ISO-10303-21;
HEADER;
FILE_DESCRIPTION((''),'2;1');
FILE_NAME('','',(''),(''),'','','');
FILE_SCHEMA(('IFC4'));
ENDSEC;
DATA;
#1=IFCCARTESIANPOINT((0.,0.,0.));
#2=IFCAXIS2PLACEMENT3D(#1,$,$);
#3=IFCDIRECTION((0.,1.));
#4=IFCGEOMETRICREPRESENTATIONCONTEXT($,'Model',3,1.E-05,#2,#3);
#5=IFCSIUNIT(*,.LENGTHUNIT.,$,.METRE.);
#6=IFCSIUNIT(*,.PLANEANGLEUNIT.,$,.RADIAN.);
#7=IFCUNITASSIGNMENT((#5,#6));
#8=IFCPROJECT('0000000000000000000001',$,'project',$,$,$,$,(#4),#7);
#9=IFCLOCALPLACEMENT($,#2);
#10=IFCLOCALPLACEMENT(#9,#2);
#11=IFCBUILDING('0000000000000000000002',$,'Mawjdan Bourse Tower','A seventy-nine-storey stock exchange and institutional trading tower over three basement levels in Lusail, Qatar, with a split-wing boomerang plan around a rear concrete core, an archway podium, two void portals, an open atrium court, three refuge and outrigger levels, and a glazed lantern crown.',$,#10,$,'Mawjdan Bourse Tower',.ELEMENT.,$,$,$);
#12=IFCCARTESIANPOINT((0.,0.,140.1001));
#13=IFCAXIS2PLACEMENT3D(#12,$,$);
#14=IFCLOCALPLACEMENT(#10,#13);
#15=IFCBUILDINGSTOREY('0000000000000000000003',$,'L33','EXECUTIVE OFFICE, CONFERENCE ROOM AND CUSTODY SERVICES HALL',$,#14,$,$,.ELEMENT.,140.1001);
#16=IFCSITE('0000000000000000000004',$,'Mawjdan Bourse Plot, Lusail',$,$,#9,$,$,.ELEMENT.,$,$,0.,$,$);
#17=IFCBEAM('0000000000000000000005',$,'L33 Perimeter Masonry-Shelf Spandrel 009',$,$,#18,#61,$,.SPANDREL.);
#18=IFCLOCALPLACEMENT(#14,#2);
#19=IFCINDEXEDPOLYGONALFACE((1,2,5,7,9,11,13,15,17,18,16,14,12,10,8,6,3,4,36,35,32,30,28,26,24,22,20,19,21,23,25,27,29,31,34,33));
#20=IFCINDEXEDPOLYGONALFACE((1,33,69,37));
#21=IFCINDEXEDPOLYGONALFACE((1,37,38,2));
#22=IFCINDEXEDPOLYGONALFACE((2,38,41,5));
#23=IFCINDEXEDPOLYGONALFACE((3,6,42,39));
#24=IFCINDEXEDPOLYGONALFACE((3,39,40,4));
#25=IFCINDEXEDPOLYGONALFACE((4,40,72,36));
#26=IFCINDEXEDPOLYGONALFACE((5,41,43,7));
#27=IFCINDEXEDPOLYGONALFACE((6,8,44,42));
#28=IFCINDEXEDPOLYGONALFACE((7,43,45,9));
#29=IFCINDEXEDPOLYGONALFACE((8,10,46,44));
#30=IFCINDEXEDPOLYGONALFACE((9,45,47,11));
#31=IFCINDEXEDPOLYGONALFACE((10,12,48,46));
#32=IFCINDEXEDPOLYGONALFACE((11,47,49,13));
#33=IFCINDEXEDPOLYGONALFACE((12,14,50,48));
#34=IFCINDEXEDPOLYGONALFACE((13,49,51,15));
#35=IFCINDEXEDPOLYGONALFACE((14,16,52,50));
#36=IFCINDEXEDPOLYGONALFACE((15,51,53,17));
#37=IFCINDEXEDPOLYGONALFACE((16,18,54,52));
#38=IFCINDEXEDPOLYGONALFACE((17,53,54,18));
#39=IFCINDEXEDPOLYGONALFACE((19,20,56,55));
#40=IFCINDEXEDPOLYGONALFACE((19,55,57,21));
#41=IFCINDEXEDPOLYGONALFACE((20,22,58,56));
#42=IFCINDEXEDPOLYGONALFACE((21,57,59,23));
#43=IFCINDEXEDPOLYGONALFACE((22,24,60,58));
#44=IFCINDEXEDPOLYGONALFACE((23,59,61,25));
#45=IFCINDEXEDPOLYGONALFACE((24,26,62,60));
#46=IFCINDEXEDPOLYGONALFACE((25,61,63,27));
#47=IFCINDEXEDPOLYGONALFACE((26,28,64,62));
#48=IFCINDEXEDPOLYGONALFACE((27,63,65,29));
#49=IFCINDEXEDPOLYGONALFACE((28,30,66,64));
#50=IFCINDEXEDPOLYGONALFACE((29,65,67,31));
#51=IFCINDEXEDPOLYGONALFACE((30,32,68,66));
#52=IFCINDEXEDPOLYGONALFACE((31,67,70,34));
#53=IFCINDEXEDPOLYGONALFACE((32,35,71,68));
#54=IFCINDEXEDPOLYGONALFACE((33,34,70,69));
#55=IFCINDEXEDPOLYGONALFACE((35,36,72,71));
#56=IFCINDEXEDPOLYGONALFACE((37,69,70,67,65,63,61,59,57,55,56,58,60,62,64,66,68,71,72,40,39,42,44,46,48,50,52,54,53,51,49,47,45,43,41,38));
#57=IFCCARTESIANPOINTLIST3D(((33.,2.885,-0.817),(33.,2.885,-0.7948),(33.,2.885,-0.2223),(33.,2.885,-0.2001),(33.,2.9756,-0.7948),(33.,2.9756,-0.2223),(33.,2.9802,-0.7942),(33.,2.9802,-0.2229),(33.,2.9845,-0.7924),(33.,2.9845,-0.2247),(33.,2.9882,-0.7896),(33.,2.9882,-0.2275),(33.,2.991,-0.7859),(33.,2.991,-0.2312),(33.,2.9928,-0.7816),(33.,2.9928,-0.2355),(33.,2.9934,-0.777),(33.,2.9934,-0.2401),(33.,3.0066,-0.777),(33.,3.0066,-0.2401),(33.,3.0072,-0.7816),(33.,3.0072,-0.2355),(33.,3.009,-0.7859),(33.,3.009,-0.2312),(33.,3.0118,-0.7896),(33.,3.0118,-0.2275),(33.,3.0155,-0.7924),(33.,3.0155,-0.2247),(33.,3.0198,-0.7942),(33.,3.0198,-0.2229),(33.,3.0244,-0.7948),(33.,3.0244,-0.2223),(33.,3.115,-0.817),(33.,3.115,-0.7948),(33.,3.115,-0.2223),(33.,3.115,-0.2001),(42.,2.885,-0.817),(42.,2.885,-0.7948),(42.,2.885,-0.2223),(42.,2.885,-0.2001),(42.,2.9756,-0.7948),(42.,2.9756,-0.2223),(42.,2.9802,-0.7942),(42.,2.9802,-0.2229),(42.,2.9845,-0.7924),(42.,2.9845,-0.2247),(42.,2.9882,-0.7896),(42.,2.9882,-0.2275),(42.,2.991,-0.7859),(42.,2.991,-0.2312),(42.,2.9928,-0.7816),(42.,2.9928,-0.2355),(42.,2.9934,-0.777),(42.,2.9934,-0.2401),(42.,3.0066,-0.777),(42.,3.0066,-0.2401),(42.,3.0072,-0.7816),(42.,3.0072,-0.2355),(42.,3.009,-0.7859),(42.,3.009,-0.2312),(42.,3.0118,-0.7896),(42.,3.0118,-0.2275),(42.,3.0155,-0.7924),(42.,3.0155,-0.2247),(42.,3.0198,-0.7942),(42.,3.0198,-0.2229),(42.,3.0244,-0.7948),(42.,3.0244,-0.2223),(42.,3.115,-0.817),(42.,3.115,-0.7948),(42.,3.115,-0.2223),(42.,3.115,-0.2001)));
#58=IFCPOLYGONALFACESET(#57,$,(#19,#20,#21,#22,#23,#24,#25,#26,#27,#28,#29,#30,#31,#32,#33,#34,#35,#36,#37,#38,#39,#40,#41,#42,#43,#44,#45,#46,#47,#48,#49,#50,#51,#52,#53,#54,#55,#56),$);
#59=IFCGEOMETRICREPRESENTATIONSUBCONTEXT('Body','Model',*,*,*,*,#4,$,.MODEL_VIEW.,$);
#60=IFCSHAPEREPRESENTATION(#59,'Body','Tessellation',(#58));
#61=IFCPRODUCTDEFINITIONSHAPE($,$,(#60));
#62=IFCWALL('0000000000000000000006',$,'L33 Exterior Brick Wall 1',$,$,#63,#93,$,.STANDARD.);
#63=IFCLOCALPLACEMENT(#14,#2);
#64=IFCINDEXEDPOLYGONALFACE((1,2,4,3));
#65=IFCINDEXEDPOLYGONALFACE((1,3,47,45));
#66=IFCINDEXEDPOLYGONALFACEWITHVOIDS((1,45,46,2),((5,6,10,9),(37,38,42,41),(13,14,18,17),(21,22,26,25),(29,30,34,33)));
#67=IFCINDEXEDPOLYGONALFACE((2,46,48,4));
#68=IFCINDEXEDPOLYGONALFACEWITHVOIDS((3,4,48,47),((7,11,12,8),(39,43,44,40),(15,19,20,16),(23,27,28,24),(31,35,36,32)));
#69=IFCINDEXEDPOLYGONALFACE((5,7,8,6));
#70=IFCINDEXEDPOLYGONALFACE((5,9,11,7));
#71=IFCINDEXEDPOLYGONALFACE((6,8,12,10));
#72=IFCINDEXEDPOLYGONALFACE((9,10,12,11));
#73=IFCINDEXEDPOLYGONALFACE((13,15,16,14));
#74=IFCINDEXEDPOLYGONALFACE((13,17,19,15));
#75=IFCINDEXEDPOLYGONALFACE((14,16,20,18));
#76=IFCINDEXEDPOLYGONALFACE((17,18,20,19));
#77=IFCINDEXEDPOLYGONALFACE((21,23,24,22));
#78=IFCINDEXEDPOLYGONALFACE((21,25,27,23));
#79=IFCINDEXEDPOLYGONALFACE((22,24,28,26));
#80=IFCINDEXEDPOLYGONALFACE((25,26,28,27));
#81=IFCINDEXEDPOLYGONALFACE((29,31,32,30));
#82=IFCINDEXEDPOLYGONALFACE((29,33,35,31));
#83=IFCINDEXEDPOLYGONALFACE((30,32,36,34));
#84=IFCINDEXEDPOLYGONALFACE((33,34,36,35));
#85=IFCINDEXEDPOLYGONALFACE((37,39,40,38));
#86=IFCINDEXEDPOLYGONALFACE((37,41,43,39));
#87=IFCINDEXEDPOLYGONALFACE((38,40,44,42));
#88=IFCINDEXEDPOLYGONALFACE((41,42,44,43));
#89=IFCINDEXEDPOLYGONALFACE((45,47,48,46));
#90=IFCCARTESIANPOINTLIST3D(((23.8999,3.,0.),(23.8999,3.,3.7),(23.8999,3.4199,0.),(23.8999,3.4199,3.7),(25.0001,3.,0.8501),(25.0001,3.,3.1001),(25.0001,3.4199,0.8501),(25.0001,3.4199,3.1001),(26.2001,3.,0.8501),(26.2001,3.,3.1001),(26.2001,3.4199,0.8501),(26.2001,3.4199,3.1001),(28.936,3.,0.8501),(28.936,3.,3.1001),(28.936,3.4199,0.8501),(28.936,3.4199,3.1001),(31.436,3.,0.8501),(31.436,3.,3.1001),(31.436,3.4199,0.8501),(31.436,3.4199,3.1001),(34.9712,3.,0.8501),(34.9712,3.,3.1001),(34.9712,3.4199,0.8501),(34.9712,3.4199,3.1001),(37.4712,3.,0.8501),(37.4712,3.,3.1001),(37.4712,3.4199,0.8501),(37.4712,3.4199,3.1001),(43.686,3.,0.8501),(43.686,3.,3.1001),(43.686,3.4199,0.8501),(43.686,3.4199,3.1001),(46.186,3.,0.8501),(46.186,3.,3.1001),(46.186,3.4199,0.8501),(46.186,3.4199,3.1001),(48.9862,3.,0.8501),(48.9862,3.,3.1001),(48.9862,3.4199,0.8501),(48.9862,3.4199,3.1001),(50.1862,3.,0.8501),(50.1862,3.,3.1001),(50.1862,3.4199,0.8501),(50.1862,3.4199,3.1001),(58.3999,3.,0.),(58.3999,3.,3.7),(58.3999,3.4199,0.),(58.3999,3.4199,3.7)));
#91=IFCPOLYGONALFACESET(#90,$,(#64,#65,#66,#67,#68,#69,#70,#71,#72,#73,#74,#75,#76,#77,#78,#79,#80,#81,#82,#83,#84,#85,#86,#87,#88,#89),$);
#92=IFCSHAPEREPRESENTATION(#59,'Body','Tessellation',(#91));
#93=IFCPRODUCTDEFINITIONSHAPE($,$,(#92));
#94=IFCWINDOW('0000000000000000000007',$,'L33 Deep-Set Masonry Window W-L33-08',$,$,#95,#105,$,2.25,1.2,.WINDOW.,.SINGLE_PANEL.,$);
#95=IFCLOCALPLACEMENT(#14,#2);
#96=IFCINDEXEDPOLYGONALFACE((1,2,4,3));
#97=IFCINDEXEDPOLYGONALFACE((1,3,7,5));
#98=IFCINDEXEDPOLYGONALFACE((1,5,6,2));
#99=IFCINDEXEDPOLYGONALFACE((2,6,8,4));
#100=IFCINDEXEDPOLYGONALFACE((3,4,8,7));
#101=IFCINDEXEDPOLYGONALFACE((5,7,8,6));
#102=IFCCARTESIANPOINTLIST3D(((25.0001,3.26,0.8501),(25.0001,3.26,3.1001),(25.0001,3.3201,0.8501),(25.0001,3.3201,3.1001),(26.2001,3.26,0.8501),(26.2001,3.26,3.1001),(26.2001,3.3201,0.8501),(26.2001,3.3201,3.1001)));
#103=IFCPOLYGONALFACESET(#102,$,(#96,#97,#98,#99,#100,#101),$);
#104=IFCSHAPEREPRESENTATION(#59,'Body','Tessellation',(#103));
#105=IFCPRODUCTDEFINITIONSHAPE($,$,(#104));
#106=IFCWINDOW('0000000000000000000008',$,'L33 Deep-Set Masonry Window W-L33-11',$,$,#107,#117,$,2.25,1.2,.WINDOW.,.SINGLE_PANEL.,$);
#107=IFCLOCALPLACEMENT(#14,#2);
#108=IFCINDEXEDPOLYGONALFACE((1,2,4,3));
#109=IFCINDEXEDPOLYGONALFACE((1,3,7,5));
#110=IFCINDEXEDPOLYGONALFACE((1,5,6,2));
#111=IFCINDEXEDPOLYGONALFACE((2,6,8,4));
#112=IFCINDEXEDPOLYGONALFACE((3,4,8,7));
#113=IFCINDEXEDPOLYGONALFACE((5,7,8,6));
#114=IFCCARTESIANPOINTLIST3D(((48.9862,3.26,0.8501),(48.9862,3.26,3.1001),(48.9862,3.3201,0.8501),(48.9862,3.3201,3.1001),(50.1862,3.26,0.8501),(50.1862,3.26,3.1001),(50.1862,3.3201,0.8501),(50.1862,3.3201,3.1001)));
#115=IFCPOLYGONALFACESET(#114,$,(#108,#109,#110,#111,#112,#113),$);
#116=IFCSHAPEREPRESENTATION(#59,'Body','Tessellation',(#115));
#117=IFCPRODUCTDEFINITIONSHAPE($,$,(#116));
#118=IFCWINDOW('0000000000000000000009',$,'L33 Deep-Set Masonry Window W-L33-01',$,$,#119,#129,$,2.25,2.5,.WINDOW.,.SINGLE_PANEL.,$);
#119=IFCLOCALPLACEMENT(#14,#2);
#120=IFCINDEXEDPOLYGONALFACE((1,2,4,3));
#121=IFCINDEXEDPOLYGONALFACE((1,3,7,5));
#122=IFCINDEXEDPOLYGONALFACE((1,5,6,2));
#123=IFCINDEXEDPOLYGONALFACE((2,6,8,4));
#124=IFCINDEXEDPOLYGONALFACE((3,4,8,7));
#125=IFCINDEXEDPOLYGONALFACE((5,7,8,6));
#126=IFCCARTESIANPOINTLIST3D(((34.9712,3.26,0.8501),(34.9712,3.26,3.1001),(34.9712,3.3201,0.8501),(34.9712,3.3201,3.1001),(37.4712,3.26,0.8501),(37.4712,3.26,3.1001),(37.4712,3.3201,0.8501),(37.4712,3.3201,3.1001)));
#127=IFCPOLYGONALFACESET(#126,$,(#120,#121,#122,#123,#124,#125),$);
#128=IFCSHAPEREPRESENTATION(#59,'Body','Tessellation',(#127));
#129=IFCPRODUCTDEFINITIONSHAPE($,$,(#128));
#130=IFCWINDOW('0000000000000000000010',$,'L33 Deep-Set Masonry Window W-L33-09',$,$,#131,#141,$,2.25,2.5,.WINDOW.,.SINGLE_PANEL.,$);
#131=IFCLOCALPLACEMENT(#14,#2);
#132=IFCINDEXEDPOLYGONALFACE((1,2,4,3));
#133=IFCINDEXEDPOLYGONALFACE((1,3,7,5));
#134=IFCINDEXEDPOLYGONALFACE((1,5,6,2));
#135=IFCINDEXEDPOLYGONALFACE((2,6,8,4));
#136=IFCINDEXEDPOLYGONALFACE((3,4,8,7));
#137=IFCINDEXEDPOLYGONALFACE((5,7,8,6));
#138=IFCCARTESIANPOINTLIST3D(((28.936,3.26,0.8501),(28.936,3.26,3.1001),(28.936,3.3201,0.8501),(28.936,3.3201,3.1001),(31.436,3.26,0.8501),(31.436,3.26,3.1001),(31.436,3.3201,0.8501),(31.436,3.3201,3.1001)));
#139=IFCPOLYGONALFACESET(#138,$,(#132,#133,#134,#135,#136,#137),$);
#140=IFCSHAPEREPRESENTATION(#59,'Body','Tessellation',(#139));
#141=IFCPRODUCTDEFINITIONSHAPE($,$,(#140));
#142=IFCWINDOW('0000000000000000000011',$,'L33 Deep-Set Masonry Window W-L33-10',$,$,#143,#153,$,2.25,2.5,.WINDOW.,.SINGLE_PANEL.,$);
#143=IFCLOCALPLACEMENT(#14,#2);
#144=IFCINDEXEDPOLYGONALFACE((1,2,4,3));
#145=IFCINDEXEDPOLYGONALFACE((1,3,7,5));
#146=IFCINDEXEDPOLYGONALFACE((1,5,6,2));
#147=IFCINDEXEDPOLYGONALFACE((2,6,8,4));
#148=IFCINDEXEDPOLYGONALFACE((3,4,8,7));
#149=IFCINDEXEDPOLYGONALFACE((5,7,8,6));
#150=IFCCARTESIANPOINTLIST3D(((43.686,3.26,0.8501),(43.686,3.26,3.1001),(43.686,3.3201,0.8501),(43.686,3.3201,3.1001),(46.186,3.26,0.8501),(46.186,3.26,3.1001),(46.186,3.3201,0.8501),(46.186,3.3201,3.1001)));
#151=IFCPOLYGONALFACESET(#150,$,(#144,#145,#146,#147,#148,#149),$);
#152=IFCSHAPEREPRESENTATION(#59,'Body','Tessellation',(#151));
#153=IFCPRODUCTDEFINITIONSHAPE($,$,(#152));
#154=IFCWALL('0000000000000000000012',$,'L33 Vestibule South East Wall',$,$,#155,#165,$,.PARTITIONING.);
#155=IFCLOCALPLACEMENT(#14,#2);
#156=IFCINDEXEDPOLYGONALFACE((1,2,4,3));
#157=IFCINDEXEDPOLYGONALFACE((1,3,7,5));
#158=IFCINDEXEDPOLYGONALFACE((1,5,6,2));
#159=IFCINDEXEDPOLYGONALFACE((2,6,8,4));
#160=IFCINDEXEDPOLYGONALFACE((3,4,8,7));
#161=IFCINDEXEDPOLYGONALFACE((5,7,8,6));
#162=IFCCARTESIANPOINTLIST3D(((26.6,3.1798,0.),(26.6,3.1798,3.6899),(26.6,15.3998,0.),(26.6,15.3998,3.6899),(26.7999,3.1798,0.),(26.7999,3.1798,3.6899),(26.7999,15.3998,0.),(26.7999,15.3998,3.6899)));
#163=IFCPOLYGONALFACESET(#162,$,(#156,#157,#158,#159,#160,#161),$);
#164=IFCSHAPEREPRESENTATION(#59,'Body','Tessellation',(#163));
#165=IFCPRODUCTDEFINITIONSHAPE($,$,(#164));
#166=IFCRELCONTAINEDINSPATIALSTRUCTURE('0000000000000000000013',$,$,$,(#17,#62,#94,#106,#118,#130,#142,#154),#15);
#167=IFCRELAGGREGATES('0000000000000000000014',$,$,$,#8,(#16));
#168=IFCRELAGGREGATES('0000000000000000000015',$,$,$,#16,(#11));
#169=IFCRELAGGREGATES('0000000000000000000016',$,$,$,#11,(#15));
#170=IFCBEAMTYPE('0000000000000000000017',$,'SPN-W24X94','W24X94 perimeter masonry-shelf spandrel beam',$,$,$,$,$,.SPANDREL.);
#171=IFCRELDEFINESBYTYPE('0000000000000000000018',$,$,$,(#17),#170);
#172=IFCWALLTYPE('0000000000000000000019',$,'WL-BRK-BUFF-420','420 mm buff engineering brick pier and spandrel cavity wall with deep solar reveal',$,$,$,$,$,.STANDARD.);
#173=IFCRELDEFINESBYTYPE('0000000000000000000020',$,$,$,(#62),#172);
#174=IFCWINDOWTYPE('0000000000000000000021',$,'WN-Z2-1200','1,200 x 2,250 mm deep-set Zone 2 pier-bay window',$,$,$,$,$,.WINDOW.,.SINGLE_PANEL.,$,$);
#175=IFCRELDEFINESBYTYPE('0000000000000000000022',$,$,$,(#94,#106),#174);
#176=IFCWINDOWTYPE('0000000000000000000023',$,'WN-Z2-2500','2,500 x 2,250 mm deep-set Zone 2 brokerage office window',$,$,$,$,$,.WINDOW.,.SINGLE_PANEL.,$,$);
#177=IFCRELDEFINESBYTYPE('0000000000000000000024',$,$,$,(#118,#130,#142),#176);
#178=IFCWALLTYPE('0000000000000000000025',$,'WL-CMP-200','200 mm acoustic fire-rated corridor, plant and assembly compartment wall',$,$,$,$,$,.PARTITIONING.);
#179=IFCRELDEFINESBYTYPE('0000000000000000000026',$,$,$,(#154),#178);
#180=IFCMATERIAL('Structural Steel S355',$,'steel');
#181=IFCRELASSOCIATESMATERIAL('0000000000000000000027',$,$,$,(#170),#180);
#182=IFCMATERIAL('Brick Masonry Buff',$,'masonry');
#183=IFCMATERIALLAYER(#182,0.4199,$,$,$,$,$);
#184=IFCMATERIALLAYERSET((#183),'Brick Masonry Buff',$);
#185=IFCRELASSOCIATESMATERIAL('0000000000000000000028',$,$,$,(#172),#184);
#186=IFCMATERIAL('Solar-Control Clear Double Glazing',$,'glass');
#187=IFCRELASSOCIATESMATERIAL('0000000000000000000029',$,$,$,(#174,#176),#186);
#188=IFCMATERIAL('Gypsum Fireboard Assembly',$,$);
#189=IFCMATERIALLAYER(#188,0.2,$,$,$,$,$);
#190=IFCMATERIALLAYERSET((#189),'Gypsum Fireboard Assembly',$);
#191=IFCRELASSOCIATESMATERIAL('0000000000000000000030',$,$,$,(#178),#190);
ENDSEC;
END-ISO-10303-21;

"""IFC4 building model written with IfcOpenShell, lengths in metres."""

from ifc_helpers import new_model, si_unit, direction, frame, frame_2d, origin, origin_2d, place, context, subcontext, project, spatial, rectangle, i_section, extrude, material, layer, layer_set, material_profile, profile_set, type_object, element, fill, save


model = new_model("IFC4")

# Units and contexts
model_context = context("Model", 3, precision=1e-05, world=origin(), true_north=direction((0.0, 1.0)))
body_context = subcontext(model_context, "Body", "Model", "MODEL_VIEW")
ifc_project = project(units=[si_unit("LENGTHUNIT", "METRE"), si_unit("PLANEANGLEUNIT", "RADIAN")], contexts=[model_context])

# Site, building, storey
site_placement = place(None, origin())
site = spatial("IfcSite", under=ifc_project, at=site_placement, Name="Mawjdan Bourse Plot, Lusail", CompositionType="ELEMENT", RefElevation=0.0)
building_placement = place(site_placement, origin())
building = spatial("IfcBuilding", under=site, at=building_placement, Name="Mawjdan Bourse Tower", Description="A seventy-nine-storey stock exchange and institutional trading tower over three basement levels in Lusail, Qatar, with a split-wing boomerang plan around a rear concrete core, an archway podium, two void portals, an open atrium court, three refuge and outrigger levels, and a glazed lantern crown.", LongName="Mawjdan Bourse Tower", CompositionType="ELEMENT")
storey_placement = place(building_placement, frame((0.0, 0.0, 140.1001)))
storey = spatial("IfcBuildingStorey", under=building, at=storey_placement, Name="L33", Description="EXECUTIVE OFFICE, CONFERENCE ROOM AND CUSTODY SERVICES HALL", CompositionType="ELEMENT", Elevation=140.1001)

# Beam
ifc_material_1 = material(Name="Structural Steel S355", Category="steel")
ifc_material_profile_1 = material_profile(ifc_material_1, i_section(OverallWidth=0.23, OverallDepth=0.6169, WebThickness=0.0132, FlangeThickness=0.0222, FilletRadius=0.0178, at=origin_2d()), Name="W24X94")
ifc_profile_set_1 = profile_set([ifc_material_profile_1], Name="Structural Steel S355")
beam_type_1 = type_object("IfcBeamType", Name="SPN-W24X94", Description="W24X94 perimeter masonry-shelf spandrel beam", PredefinedType="SPANDREL", material=ifc_profile_set_1)
for number, where, z_axis, x_axis, name in (
    (1, (33.0, 3.0, -0.5085), (1.0, 0.0, 0.0), (0.0, 1.0, 0.0), "L33 Perimeter Masonry-Shelf Spandrel 009"),
):
    element("IfcBeam", number, at=place(storey_placement, frame(where, z_axis=z_axis, x_axis=x_axis)), inside=storey, type_object=beam_type_1, Name=name, PredefinedType="SPANDREL", context=body_context, shape_type="SweptSolid", body=[
        extrude(i_section(OverallWidth=0.23, OverallDepth=0.6169, WebThickness=0.0132, FlangeThickness=0.0222, FilletRadius=0.0178, at=origin_2d()), origin(), (0.0, 0.0, 1.0), 9.0),
    ])

# Wall, openings, windows
ifc_material_2 = material(Name="Brick Masonry Buff", Category="masonry")
ifc_layer_1 = layer(ifc_material_2, 0.4199)
ifc_layer_set_1 = layer_set([ifc_layer_1], Name="Brick Masonry Buff")
wall_type_1 = type_object("IfcWallType", Name="WL-BRK-BUFF-420", Description="420 mm buff engineering brick pier and spandrel cavity wall with deep solar reveal", PredefinedType="STANDARD", material=ifc_layer_set_1)
wall_1_placement = place(storey_placement, frame((23.8999, 3.21, 0.0), z_axis=(0.0, 0.0, 1.0), x_axis=(1.0, 0.0, 0.0)))
wall_1 = element("IfcWall", 2, at=wall_1_placement, inside=storey, type_object=wall_type_1, Name="L33 Exterior Brick Wall 1", PredefinedType="STANDARD", context=body_context, shape_type="SweptSolid", body=[
    extrude(rectangle(XDim=34.5, YDim=0.4199, at=frame_2d((17.25, 0.0))), origin(), (0.0, 0.0, 1.0), 3.7),
])
opening_1_placement = place(wall_1_placement, frame((11.0713, 0.0, 0.8501)))
opening_1 = element("IfcOpeningElement", 3, at=opening_1_placement, cuts=wall_1, PredefinedType="OPENING", context=body_context, shape_type="SweptSolid", body=[
    extrude(rectangle(XDim=2.5, YDim=2.25, at=frame_2d((1.25, 1.125))), frame((0.0, 0.22, 0.0), z_axis=(0.0, -1.0, 0.0), x_axis=(1.0, 0.0, 0.0)), (0.0, 0.0, 1.0), 0.4399),
])
opening_2_placement = place(wall_1_placement, frame((1.1001, 0.0, 0.8501)))
opening_2 = element("IfcOpeningElement", 4, at=opening_2_placement, cuts=wall_1, PredefinedType="OPENING", context=body_context, shape_type="SweptSolid", body=[
    extrude(rectangle(XDim=1.2, YDim=2.25, at=frame_2d((0.6001, 1.125))), frame((0.0, 0.22, 0.0), z_axis=(0.0, -1.0, 0.0), x_axis=(1.0, 0.0, 0.0)), (0.0, 0.0, 1.0), 0.4399),
])
opening_3_placement = place(wall_1_placement, frame((5.0361, 0.0, 0.8501)))
opening_3 = element("IfcOpeningElement", 5, at=opening_3_placement, cuts=wall_1, PredefinedType="OPENING", context=body_context, shape_type="SweptSolid", body=[
    extrude(rectangle(XDim=2.5, YDim=2.25, at=frame_2d((1.25, 1.125))), frame((0.0, 0.22, 0.0), z_axis=(0.0, -1.0, 0.0), x_axis=(1.0, 0.0, 0.0)), (0.0, 0.0, 1.0), 0.4399),
])
opening_4_placement = place(wall_1_placement, frame((19.7861, 0.0, 0.8501)))
opening_4 = element("IfcOpeningElement", 6, at=opening_4_placement, cuts=wall_1, PredefinedType="OPENING", context=body_context, shape_type="SweptSolid", body=[
    extrude(rectangle(XDim=2.5, YDim=2.25, at=frame_2d((1.25, 1.125))), frame((0.0, 0.22, 0.0), z_axis=(0.0, -1.0, 0.0), x_axis=(1.0, 0.0, 0.0)), (0.0, 0.0, 1.0), 0.4399),
])
opening_5_placement = place(wall_1_placement, frame((25.0862, 0.0, 0.8501)))
opening_5 = element("IfcOpeningElement", 7, at=opening_5_placement, cuts=wall_1, PredefinedType="OPENING", context=body_context, shape_type="SweptSolid", body=[
    extrude(rectangle(XDim=1.2, YDim=2.25, at=frame_2d((0.6001, 1.125))), frame((0.0, 0.22, 0.0), z_axis=(0.0, -1.0, 0.0), x_axis=(1.0, 0.0, 0.0)), (0.0, 0.0, 1.0), 0.4399),
])
ifc_material_3 = material(Name="Solar-Control Clear Double Glazing", Category="glass")
window_type_1 = type_object("IfcWindowType", Name="WN-Z2-1200", Description="1,200 x 2,250 mm deep-set Zone 2 pier-bay window", PartitioningType="SINGLE_PANEL", PredefinedType="WINDOW", material=ifc_material_3)
window_1_placement = place(opening_2_placement, origin())
window_1 = element("IfcWindow", 8, at=window_1_placement, inside=storey, type_object=window_type_1, Name="L33 Deep-Set Masonry Window W-L33-08", OverallHeight=2.25, OverallWidth=1.2, PartitioningType="SINGLE_PANEL", PredefinedType="WINDOW", context=body_context, shape_type="SweptSolid", body=[
    extrude(rectangle(XDim=1.2, YDim=2.25, at=frame_2d((0.6001, 1.125))), frame((0.0, 0.1101, 0.0), z_axis=(0.0, -1.0, 0.0), x_axis=(1.0, 0.0, 0.0)), (0.0, 0.0, 1.0), 0.0601),
])
fill(opening_2, window_1)
window_2_placement = place(opening_5_placement, origin())
window_2 = element("IfcWindow", 9, at=window_2_placement, inside=storey, type_object=window_type_1, Name="L33 Deep-Set Masonry Window W-L33-11", OverallHeight=2.25, OverallWidth=1.2, PartitioningType="SINGLE_PANEL", PredefinedType="WINDOW", context=body_context, shape_type="SweptSolid", body=[
    extrude(rectangle(XDim=1.2, YDim=2.25, at=frame_2d((0.6001, 1.125))), frame((0.0, 0.1101, 0.0), z_axis=(0.0, -1.0, 0.0), x_axis=(1.0, 0.0, 0.0)), (0.0, 0.0, 1.0), 0.0601),
])
fill(opening_5, window_2)
window_type_2 = type_object("IfcWindowType", Name="WN-Z2-2500", Description="2,500 x 2,250 mm deep-set Zone 2 brokerage office window", PartitioningType="SINGLE_PANEL", PredefinedType="WINDOW", material=ifc_material_3)
window_3_placement = place(opening_1_placement, origin())
window_3 = element("IfcWindow", 10, at=window_3_placement, inside=storey, type_object=window_type_2, Name="L33 Deep-Set Masonry Window W-L33-01", OverallHeight=2.25, OverallWidth=2.5, PartitioningType="SINGLE_PANEL", PredefinedType="WINDOW", context=body_context, shape_type="SweptSolid", body=[
    extrude(rectangle(XDim=2.5, YDim=2.25, at=frame_2d((1.25, 1.125))), frame((0.0, 0.1101, 0.0), z_axis=(0.0, -1.0, 0.0), x_axis=(1.0, 0.0, 0.0)), (0.0, 0.0, 1.0), 0.0601),
])
fill(opening_1, window_3)
window_4_placement = place(opening_3_placement, origin())
window_4 = element("IfcWindow", 11, at=window_4_placement, inside=storey, type_object=window_type_2, Name="L33 Deep-Set Masonry Window W-L33-09", OverallHeight=2.25, OverallWidth=2.5, PartitioningType="SINGLE_PANEL", PredefinedType="WINDOW", context=body_context, shape_type="SweptSolid", body=[
    extrude(rectangle(XDim=2.5, YDim=2.25, at=frame_2d((1.25, 1.125))), frame((0.0, 0.1101, 0.0), z_axis=(0.0, -1.0, 0.0), x_axis=(1.0, 0.0, 0.0)), (0.0, 0.0, 1.0), 0.0601),
])
fill(opening_3, window_4)
window_5_placement = place(opening_4_placement, origin())
window_5 = element("IfcWindow", 12, at=window_5_placement, inside=storey, type_object=window_type_2, Name="L33 Deep-Set Masonry Window W-L33-10", OverallHeight=2.25, OverallWidth=2.5, PartitioningType="SINGLE_PANEL", PredefinedType="WINDOW", context=body_context, shape_type="SweptSolid", body=[
    extrude(rectangle(XDim=2.5, YDim=2.25, at=frame_2d((1.25, 1.125))), frame((0.0, 0.1101, 0.0), z_axis=(0.0, -1.0, 0.0), x_axis=(1.0, 0.0, 0.0)), (0.0, 0.0, 1.0), 0.0601),
])
fill(opening_4, window_5)

# Wall
ifc_material_4 = material(Name="Gypsum Fireboard Assembly")
ifc_layer_2 = layer(ifc_material_4, 0.2)
ifc_layer_set_2 = layer_set([ifc_layer_2], Name="Gypsum Fireboard Assembly")
wall_type_2 = type_object("IfcWallType", Name="WL-CMP-200", Description="200 mm acoustic fire-rated corridor, plant and assembly compartment wall", PredefinedType="PARTITIONING", material=ifc_layer_set_2)
wall_2_placement = place(storey_placement, frame((26.7, 3.1799, 0.0), z_axis=(0.0, 0.0, 1.0), x_axis=(0.0, 1.0, 0.0)))
element("IfcWall", 13, at=wall_2_placement, inside=storey, type_object=wall_type_2, Name="L33 Vestibule South East Wall", PredefinedType="PARTITIONING", context=body_context, shape_type="SweptSolid", body=[
    extrude(rectangle(XDim=12.22, YDim=0.2, at=frame_2d((6.1099, 0.0))), origin(), (0.0, 0.0, 1.0), 3.6899),
])

save(model, "model.ifc")
